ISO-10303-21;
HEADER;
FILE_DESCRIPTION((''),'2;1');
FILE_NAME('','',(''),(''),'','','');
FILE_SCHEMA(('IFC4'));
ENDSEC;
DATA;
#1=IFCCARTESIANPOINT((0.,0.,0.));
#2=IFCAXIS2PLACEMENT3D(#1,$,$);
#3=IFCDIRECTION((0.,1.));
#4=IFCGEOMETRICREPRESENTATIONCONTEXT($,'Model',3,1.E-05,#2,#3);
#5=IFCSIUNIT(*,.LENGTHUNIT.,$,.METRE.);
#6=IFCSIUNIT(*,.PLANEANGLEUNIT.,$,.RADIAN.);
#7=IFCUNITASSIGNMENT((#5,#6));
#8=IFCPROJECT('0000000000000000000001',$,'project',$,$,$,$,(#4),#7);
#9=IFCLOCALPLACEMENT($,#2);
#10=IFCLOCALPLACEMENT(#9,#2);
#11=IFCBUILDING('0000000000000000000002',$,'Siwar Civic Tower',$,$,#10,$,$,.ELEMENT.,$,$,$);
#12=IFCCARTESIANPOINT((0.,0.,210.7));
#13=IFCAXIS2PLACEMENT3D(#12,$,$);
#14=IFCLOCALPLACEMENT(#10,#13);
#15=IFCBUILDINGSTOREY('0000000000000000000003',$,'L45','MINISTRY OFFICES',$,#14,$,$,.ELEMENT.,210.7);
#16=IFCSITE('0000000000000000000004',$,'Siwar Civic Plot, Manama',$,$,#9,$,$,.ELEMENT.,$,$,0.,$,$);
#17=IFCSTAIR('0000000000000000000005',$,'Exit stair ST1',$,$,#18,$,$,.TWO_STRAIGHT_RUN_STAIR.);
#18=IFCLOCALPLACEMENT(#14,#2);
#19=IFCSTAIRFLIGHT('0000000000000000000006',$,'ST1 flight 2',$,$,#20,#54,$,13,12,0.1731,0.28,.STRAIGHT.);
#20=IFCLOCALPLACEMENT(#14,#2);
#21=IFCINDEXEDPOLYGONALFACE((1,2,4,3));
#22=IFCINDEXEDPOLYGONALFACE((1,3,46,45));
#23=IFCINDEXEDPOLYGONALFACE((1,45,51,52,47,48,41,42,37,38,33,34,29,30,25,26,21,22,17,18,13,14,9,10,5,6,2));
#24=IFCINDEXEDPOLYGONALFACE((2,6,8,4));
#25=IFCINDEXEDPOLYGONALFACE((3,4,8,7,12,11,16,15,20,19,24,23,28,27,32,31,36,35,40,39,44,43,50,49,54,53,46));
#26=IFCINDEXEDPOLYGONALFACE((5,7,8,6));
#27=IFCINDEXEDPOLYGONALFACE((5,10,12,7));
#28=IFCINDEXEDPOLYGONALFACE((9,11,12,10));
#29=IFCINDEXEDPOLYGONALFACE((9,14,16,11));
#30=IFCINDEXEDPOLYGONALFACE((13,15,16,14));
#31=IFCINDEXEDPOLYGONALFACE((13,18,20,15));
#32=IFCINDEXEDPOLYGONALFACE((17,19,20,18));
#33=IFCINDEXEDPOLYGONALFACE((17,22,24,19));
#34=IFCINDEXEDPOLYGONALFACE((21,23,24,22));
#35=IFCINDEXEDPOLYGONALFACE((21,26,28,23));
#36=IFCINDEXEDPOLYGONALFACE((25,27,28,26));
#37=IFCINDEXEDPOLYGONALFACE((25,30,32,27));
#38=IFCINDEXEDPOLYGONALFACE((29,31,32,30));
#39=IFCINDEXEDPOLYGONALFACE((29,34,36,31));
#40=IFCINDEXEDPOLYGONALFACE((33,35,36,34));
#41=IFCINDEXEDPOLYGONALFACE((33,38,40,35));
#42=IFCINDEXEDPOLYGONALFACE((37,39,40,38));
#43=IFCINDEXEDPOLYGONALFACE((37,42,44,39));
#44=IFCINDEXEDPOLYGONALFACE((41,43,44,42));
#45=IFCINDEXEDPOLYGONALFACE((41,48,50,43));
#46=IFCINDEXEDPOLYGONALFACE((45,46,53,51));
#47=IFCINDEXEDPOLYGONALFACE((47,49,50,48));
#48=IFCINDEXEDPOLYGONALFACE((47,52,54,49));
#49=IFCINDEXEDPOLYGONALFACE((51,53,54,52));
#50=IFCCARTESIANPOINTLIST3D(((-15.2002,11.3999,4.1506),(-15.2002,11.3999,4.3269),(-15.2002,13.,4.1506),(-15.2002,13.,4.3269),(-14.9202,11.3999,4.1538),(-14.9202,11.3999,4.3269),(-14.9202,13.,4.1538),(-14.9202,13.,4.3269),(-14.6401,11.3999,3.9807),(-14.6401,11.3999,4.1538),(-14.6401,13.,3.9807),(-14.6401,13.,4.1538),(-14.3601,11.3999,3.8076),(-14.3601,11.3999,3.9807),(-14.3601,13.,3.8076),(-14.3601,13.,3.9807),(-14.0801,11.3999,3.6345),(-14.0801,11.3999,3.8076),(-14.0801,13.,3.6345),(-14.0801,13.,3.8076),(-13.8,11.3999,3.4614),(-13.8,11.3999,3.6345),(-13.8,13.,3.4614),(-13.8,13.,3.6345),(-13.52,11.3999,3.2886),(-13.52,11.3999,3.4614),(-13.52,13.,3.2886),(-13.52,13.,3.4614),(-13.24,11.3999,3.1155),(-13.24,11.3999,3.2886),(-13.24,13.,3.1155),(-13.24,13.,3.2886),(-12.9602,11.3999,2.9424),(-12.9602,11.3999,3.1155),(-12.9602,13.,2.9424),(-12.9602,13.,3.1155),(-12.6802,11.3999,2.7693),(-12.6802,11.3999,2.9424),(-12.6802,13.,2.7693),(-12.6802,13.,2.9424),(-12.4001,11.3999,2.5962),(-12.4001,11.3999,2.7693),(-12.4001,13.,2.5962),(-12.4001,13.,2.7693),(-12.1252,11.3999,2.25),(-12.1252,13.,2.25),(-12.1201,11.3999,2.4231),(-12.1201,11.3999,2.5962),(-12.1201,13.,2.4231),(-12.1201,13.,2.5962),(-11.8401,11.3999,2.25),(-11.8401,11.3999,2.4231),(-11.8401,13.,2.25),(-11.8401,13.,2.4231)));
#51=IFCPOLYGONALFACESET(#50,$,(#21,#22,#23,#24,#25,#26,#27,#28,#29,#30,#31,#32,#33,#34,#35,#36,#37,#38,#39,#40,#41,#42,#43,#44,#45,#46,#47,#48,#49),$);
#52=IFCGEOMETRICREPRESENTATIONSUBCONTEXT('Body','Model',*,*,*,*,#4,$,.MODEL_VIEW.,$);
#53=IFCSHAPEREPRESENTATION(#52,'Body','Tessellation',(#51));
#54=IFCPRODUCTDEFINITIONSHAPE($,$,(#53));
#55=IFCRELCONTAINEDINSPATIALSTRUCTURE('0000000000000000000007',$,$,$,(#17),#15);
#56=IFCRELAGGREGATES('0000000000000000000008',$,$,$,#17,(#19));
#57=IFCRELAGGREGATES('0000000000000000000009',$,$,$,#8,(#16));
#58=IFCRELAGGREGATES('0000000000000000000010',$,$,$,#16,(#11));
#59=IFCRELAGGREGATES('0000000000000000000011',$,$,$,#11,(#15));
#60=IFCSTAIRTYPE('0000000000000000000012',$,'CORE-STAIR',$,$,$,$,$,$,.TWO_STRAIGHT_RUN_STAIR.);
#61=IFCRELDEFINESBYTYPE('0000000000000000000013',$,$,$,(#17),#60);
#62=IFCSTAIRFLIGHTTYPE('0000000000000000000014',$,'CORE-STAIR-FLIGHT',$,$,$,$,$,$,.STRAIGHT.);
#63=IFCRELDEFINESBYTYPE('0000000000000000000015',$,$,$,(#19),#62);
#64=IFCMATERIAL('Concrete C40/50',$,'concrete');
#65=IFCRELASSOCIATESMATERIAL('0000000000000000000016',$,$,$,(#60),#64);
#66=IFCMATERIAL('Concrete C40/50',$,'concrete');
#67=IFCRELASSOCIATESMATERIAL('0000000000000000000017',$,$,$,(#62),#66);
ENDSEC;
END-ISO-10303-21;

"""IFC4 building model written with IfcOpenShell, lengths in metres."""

from ifc_helpers import new_model, si_unit, direction, frame, origin, place, context, subcontext, project, spatial, polyline, outline, extrude, material, type_object, element, aggregate, save


model = new_model("IFC4")

# Units and contexts
model_context = context("Model", 3, precision=1e-05, world=origin(), true_north=direction((0.0, 1.0)))
body_context = subcontext(model_context, "Body", "Model", "MODEL_VIEW")
ifc_project = project(units=[si_unit("LENGTHUNIT", "METRE"), si_unit("PLANEANGLEUNIT", "RADIAN")], contexts=[model_context])

# Site, building, storey
site_placement = place(None, origin())
site = spatial("IfcSite", under=ifc_project, at=site_placement, Name="Siwar Civic Plot, Manama", CompositionType="ELEMENT", RefElevation=0.0)
building_placement = place(site_placement, origin())
building = spatial("IfcBuilding", under=site, at=building_placement, Name="Siwar Civic Tower", CompositionType="ELEMENT")
storey_placement = place(building_placement, frame((0.0, 0.0, 210.7)))
storey = spatial("IfcBuildingStorey", under=building, at=storey_placement, Name="L45", Description="MINISTRY OFFICES", CompositionType="ELEMENT", Elevation=210.7)

# Stair, stair flight
ifc_material_1 = material(Name="Concrete C40/50", Category="concrete")
stair_type = type_object("IfcStairType", Name="CORE-STAIR", PredefinedType="TWO_STRAIGHT_RUN_STAIR", material=ifc_material_1)
stair_placement = place(storey_placement, origin())
stair = element("IfcStair", 1, at=stair_placement, inside=storey, type_object=stair_type, Name="Exit stair ST1", PredefinedType="TWO_STRAIGHT_RUN_STAIR")
ifc_material_2 = material(Name="Concrete C40/50", Category="concrete")
stair_flight_type = type_object("IfcStairFlightType", Name="CORE-STAIR-FLIGHT", PredefinedType="STRAIGHT", material=ifc_material_2)
stair_flight_1_placement = place(storey_placement, frame((-11.8401, 12.2, 2.25), z_axis=(0.0, 0.0, 1.0), x_axis=(-1.0, 0.0, 0.0)))
stair_flight_1 = element("IfcStairFlight", 2, at=stair_flight_1_placement, type_object=stair_flight_type, Name="ST1 flight 2", NumberOfRisers=13, NumberOfTreads=12, PredefinedType="STRAIGHT", RiserHeight=0.1731, TreadLength=0.28, context=body_context, shape_type="SweptSolid", body=[
    extrude(outline(polyline([(0.0, 0.0), (0.0, 0.1731), (0.28, 0.1731), (0.28, 0.3462), (0.5601, 0.3462), (0.5601, 0.5193), (0.8401, 0.5193), (0.8401, 0.6924), (1.1201, 0.6924), (1.1201, 0.8655), (1.3999, 0.8655), (1.3999, 1.0386), (1.6799, 1.0386), (1.6799, 1.2114), (1.96, 1.2114), (1.96, 1.3845), (2.24, 1.3845), (2.24, 1.5576), (2.52, 1.5576), (2.52, 1.7307), (2.8, 1.7307), (2.8, 1.9038), (3.0801, 1.9038), (3.0801, 2.0769), (3.3601, 2.0769), (3.3601, 2.25), (3.3601, 1.9006), (0.2852, 0.0), (0.0, 0.0)])), frame((0.0, 0.8, 0.0), z_axis=(0.0, -1.0, 0.0), x_axis=(1.0, 0.0, 0.0)), (0.0, 0.0, 1.0), 1.6001),
])
aggregate(stair, [stair_flight_1])

save(model, "model.ifc")
